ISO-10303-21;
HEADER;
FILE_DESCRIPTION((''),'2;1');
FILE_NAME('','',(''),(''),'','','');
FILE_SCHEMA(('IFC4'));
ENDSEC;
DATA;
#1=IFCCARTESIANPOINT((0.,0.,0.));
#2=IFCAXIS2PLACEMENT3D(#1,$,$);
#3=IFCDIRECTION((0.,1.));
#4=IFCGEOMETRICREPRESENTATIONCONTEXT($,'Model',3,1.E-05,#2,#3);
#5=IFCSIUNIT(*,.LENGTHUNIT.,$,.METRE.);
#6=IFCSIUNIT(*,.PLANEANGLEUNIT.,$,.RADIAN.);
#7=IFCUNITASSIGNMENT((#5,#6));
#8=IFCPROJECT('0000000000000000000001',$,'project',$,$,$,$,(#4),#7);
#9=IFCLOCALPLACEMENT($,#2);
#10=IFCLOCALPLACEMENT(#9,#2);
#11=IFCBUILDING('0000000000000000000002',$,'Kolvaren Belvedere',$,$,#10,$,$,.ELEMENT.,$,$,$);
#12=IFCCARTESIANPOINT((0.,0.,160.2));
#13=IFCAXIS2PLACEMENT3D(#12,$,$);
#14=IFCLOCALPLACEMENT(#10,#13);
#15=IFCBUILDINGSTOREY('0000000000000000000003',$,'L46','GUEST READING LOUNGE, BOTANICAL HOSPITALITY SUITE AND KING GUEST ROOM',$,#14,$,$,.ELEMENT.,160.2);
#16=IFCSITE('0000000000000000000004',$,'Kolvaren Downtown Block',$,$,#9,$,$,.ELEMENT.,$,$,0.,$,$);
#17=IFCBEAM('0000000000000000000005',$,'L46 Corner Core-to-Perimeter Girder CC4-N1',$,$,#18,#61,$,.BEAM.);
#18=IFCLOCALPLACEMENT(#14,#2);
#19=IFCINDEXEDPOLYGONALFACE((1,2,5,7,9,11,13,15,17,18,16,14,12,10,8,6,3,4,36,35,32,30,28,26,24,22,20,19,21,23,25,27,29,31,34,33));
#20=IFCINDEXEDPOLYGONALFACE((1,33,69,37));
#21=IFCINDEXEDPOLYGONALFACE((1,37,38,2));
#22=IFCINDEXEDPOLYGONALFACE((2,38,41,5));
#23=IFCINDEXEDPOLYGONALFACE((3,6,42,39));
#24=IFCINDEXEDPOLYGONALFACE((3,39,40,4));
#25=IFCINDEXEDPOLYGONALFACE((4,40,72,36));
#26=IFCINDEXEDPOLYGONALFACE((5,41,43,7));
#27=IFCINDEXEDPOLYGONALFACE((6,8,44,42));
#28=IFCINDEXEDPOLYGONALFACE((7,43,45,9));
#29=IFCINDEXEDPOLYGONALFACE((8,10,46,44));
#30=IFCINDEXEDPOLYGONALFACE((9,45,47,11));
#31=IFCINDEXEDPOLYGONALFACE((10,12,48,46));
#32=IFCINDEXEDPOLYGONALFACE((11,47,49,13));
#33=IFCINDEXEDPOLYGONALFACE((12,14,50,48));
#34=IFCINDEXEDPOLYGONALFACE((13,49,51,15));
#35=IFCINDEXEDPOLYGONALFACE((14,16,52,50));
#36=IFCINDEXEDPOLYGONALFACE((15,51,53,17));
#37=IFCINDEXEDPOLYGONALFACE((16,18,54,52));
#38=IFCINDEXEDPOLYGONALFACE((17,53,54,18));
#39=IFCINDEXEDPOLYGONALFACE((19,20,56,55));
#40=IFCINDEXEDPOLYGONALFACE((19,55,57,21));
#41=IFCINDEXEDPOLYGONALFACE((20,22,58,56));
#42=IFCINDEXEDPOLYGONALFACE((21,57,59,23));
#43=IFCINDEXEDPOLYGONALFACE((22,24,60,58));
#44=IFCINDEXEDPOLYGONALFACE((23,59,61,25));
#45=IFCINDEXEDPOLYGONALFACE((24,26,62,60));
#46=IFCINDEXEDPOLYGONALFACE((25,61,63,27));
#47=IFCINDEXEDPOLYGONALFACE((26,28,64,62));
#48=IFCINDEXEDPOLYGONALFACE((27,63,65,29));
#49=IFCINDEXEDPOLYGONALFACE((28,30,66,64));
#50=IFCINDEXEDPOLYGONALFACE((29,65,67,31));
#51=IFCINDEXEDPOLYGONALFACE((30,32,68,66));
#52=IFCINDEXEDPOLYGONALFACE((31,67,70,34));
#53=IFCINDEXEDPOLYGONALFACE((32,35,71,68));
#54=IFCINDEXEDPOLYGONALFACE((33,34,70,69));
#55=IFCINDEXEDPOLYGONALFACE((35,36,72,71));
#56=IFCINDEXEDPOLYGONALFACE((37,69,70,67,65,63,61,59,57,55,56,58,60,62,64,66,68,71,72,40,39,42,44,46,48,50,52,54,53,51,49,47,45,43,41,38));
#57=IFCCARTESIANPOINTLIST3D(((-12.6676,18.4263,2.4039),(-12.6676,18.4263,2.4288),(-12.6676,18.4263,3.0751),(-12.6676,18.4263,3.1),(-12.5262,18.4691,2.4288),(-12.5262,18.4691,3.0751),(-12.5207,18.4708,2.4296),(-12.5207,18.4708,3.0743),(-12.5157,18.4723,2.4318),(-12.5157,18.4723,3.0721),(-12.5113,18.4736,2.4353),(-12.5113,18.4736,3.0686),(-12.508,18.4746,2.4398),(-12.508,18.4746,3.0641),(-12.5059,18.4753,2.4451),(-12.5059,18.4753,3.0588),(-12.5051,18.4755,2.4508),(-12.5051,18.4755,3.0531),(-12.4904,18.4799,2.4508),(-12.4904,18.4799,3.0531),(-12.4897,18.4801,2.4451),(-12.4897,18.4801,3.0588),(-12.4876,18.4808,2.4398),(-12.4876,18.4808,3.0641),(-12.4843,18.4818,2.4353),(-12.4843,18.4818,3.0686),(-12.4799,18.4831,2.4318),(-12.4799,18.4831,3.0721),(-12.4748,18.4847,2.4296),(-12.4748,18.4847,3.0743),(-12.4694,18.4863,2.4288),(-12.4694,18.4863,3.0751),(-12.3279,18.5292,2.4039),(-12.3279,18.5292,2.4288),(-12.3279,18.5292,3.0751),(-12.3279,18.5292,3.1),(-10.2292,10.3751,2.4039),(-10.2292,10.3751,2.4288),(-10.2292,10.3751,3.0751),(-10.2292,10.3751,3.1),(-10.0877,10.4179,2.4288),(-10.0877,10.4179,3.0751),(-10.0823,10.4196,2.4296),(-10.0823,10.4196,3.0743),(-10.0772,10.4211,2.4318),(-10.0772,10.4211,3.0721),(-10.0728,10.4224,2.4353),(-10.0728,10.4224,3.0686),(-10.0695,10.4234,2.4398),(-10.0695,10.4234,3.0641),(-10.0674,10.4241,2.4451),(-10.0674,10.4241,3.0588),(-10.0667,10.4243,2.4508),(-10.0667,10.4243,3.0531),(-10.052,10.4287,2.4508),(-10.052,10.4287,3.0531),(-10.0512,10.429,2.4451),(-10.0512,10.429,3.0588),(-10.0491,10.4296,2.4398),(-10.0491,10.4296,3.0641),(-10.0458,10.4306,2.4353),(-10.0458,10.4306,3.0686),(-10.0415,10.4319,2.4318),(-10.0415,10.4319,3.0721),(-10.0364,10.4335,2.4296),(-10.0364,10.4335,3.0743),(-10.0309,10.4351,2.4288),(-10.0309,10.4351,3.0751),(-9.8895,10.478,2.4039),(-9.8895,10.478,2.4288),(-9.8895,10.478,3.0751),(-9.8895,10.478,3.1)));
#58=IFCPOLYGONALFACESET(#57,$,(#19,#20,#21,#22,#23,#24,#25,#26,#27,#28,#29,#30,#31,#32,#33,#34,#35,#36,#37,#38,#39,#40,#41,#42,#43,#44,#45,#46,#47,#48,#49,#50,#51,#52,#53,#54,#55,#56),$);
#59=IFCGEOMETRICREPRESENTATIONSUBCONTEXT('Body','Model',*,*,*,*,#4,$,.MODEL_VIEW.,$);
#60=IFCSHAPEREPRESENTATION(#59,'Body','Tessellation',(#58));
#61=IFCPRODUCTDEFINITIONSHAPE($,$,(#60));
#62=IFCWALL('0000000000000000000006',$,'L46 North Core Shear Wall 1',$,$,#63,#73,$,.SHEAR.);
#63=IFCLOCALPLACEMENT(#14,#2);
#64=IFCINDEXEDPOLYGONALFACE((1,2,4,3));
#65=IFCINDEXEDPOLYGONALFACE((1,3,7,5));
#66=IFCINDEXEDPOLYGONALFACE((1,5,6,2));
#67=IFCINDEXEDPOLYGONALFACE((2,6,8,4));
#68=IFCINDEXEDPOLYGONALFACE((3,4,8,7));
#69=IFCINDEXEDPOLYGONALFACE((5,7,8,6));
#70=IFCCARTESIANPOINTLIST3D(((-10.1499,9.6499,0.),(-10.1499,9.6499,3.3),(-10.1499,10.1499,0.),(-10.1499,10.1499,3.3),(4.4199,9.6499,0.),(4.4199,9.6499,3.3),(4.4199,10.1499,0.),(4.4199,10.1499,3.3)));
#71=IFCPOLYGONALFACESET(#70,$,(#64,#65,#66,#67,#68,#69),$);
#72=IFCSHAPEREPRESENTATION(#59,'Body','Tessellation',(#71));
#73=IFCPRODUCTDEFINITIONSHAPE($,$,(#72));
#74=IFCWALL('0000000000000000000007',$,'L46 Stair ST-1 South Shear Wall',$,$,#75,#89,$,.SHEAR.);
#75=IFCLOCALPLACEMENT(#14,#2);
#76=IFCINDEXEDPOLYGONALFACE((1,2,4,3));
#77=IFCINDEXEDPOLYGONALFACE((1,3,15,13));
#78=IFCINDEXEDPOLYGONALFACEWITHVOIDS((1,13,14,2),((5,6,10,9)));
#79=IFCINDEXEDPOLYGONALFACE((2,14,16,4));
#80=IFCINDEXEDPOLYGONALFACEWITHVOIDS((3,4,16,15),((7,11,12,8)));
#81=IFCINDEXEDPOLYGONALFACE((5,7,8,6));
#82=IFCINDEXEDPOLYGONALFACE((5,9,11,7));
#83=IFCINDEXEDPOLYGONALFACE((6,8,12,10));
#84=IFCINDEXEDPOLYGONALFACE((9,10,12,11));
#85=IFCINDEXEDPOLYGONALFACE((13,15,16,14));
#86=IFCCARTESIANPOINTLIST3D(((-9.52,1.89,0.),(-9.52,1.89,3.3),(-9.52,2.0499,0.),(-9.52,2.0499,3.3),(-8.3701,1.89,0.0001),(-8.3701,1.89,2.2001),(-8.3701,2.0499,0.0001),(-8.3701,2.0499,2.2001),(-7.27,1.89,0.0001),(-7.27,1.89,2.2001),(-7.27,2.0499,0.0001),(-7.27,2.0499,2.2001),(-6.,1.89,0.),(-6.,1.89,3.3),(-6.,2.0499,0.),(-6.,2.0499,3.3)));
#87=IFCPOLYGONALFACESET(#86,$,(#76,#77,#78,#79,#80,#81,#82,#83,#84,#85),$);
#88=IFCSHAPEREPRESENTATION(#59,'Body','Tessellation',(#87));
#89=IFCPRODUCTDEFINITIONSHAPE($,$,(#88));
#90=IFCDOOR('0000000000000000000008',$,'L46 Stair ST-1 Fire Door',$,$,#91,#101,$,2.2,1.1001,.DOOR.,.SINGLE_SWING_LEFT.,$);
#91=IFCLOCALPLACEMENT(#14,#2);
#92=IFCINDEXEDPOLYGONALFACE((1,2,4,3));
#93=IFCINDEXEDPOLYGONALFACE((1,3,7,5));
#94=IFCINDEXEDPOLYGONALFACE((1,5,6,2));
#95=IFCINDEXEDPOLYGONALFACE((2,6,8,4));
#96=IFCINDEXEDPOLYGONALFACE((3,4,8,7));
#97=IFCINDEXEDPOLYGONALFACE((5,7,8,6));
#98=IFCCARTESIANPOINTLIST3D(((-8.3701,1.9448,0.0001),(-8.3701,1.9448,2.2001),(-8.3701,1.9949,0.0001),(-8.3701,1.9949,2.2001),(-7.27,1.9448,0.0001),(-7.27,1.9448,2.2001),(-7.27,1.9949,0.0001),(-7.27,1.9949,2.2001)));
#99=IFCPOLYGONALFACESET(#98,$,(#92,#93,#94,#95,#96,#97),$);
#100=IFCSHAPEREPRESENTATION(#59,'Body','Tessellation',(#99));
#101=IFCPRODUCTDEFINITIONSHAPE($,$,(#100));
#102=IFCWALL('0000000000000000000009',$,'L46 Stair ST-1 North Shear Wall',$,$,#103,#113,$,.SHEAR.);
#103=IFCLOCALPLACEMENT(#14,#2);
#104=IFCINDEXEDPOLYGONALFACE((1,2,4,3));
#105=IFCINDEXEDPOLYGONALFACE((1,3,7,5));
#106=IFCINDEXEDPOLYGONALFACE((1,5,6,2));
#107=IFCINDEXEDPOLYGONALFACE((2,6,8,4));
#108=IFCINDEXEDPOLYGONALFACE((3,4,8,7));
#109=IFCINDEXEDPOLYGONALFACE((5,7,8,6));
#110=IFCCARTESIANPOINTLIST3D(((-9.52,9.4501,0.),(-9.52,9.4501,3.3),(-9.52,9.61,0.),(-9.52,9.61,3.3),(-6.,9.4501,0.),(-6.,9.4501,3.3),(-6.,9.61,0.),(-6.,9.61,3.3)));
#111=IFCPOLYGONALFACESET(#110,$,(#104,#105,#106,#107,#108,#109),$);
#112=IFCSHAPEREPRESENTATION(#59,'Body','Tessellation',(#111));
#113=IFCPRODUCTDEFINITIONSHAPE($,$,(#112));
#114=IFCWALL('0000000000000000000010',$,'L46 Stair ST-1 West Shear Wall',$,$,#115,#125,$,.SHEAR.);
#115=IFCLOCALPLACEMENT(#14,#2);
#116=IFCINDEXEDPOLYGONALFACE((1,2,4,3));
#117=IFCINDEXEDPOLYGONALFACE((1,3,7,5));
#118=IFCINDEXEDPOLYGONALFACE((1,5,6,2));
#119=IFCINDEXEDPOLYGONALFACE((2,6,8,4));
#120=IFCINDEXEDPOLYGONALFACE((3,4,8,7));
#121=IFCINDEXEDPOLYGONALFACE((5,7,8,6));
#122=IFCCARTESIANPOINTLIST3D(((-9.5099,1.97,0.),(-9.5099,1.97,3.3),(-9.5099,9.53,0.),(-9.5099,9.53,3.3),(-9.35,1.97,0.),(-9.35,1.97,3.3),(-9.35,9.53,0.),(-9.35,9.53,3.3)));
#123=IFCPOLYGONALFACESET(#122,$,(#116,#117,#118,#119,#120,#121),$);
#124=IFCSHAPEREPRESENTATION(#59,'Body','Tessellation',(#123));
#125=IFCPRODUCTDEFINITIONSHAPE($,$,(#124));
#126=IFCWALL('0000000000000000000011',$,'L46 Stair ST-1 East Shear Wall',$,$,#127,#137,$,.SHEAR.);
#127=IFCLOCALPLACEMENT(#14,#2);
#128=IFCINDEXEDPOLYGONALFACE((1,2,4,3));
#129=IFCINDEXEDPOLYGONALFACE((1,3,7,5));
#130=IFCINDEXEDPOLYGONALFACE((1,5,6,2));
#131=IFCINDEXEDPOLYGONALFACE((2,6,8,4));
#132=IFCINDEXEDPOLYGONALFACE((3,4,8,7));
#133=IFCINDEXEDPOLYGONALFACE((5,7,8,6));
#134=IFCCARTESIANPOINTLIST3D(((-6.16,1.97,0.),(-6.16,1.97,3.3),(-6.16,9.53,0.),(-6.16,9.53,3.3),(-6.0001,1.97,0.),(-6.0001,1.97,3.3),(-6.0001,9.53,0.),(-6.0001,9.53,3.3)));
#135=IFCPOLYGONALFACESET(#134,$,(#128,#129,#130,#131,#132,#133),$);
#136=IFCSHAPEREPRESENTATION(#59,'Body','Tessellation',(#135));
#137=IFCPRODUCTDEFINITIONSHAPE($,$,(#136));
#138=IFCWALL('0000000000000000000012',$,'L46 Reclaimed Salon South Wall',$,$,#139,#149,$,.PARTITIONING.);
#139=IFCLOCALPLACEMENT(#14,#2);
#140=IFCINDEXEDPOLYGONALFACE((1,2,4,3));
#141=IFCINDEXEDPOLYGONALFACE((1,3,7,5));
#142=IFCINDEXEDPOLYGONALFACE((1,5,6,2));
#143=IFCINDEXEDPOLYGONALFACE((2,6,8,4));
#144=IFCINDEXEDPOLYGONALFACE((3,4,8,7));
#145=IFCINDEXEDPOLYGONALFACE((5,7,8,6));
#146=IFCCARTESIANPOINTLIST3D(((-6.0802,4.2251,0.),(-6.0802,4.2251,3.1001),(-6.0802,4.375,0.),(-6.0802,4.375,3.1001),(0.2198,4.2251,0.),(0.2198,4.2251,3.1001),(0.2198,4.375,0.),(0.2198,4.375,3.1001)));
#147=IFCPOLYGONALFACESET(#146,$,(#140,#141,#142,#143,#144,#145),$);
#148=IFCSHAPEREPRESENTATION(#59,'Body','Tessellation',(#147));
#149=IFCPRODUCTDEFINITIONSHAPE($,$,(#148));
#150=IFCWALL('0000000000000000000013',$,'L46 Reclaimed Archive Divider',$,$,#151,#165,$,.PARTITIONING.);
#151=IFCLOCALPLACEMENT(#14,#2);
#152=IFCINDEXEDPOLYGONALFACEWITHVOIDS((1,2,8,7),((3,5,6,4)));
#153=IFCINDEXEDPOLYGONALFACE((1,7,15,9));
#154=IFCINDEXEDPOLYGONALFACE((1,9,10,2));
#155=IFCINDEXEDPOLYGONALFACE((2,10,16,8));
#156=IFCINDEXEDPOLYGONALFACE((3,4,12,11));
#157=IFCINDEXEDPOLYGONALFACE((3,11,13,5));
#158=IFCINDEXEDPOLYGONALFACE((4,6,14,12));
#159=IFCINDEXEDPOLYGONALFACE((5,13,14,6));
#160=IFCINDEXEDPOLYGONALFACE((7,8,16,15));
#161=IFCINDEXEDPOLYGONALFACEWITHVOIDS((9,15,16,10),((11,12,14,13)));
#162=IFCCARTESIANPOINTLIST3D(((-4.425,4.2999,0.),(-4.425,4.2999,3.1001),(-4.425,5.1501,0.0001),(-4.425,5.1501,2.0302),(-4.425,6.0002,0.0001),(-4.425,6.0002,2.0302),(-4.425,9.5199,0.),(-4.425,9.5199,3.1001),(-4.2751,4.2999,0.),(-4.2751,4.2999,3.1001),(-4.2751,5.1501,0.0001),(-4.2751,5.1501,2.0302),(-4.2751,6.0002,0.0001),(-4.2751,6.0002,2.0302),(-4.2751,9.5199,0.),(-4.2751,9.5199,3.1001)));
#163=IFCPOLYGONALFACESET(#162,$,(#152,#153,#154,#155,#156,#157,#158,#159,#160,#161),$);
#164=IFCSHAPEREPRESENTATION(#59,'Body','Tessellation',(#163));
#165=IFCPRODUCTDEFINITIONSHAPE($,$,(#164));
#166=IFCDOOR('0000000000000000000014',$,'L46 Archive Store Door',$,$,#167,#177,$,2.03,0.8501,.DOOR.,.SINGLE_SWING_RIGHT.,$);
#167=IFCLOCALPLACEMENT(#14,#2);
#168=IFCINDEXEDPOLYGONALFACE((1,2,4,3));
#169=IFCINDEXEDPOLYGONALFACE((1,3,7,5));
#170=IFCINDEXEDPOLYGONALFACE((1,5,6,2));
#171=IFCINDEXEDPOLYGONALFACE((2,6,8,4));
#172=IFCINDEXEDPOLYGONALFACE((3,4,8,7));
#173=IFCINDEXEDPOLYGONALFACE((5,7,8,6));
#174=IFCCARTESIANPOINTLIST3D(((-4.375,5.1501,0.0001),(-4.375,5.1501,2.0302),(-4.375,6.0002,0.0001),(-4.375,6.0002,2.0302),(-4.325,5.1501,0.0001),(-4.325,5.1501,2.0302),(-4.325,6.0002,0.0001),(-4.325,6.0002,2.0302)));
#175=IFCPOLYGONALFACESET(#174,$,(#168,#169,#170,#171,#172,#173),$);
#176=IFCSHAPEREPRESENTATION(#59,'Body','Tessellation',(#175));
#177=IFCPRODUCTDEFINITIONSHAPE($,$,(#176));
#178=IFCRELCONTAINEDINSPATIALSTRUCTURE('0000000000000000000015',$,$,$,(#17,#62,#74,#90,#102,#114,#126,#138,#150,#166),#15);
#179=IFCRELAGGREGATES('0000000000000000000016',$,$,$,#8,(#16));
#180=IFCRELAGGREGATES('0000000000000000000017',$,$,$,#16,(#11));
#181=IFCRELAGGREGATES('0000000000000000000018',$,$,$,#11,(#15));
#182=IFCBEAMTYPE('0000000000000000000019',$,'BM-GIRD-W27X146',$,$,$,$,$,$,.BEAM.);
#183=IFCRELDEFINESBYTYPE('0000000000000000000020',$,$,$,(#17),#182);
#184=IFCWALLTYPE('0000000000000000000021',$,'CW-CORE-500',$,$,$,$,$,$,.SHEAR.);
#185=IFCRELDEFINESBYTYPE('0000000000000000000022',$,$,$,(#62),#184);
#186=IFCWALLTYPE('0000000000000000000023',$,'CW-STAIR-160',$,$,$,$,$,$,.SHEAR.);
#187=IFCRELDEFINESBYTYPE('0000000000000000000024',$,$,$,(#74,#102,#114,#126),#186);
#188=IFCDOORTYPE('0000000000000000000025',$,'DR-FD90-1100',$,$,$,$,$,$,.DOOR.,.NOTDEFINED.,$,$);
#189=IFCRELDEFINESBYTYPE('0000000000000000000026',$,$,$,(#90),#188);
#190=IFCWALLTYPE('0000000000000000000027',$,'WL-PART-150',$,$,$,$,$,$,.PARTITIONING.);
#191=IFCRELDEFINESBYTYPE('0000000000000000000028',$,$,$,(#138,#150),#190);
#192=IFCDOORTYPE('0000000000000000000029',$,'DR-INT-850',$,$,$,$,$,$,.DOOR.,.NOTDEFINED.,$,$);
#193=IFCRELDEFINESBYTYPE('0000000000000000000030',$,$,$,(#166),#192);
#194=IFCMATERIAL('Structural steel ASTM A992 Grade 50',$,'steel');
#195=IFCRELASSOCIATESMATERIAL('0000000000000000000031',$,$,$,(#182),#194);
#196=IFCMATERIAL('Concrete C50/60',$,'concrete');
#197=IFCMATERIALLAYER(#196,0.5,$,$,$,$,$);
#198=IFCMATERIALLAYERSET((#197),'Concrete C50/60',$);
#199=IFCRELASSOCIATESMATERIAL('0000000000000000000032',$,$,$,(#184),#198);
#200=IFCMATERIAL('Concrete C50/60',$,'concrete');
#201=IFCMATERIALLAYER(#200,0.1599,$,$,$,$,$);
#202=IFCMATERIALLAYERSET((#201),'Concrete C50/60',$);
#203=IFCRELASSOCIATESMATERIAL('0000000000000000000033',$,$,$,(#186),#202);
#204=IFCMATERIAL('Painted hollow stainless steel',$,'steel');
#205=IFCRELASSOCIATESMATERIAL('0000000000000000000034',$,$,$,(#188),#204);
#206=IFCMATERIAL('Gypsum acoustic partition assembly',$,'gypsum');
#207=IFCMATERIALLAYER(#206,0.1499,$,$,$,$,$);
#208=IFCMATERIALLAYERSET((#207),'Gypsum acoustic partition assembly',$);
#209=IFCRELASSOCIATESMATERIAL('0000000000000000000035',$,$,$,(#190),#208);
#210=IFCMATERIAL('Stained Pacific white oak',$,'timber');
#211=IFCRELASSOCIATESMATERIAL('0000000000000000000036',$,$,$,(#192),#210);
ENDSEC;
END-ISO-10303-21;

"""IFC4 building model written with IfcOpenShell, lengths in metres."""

from ifc_helpers import new_model, si_unit, direction, frame, frame_2d, origin, origin_2d, place, context, subcontext, project, spatial, rectangle, i_section, extrude, material, layer, layer_set, material_profile, profile_set, type_object, element, fill, save


model = new_model("IFC4")

# Units and contexts
model_context = context("Model", 3, precision=1e-05, world=origin(), true_north=direction((0.0, 1.0)))
body_context = subcontext(model_context, "Body", "Model", "MODEL_VIEW")
ifc_project = project(units=[si_unit("LENGTHUNIT", "METRE"), si_unit("PLANEANGLEUNIT", "RADIAN")], contexts=[model_context])

# Site, building, storey
site_placement = place(None, origin())
site = spatial("IfcSite", under=ifc_project, at=site_placement, Name="Kolvaren Downtown Block", CompositionType="ELEMENT", RefElevation=0.0)
building_placement = place(site_placement, origin())
building = spatial("IfcBuilding", under=site, at=building_placement, Name="Kolvaren Belvedere", CompositionType="ELEMENT")
storey_placement = place(building_placement, frame((0.0, 0.0, 160.2)))
storey = spatial("IfcBuildingStorey", under=building, at=storey_placement, Name="L46", Description="GUEST READING LOUNGE, BOTANICAL HOSPITALITY SUITE AND KING GUEST ROOM", CompositionType="ELEMENT", Elevation=160.2)

# Beam
ifc_material_1 = material(Name="Structural steel ASTM A992 Grade 50", Category="steel")
ifc_material_profile_1 = material_profile(ifc_material_1, i_section(OverallWidth=0.355, OverallDepth=0.696, WebThickness=0.0154, FlangeThickness=0.0249, FilletRadius=0.022, at=origin_2d()), Name="W27X146")
ifc_profile_set_1 = profile_set([ifc_material_profile_1], Name="Structural steel ASTM A992 Grade 50")
beam_type_1 = type_object("IfcBeamType", Name="BM-GIRD-W27X146", PredefinedType="BEAM", material=ifc_profile_set_1)
beam_1_placement = place(storey_placement, frame((-10.0593, 10.4265, 2.752), z_axis=(-0.289866, 0.957067, 0.0), x_axis=(-0.957067, -0.289866, 0.0)))
element("IfcBeam", 1, at=beam_1_placement, inside=storey, type_object=beam_type_1, Name="L46 Corner Core-to-Perimeter Girder CC4-N1", PredefinedType="BEAM", context=body_context, shape_type="SweptSolid", body=[
    extrude(i_section(OverallWidth=0.355, OverallDepth=0.696, WebThickness=0.0154, FlangeThickness=0.0249, FilletRadius=0.022, at=origin_2d()), origin(), (0.0, 0.0, 1.0), 8.4124),
])

# Wall
ifc_material_2 = material(Name="Concrete C50/60", Category="concrete")
ifc_layer_1 = layer(ifc_material_2, 0.5)
ifc_layer_set_1 = layer_set([ifc_layer_1], Name="Concrete C50/60")
wall_type_1 = type_object("IfcWallType", Name="CW-CORE-500", PredefinedType="SHEAR", material=ifc_layer_set_1)
wall_1_placement = place(storey_placement, frame((-10.1499, 9.8999, 0.0), z_axis=(0.0, 0.0, 1.0), x_axis=(1.0, 0.0, 0.0)))
element("IfcWall", 2, at=wall_1_placement, inside=storey, type_object=wall_type_1, Name="L46 North Core Shear Wall 1", PredefinedType="SHEAR", context=body_context, shape_type="SweptSolid", body=[
    extrude(rectangle(XDim=14.5698, YDim=0.5, at=frame_2d((7.2849, 0.0))), origin(), (0.0, 0.0, 1.0), 3.3),
])

# Wall, opening, door
ifc_material_3 = material(Name="Concrete C50/60", Category="concrete")
ifc_layer_2 = layer(ifc_material_3, 0.1599)
ifc_layer_set_2 = layer_set([ifc_layer_2], Name="Concrete C50/60")
wall_type_2 = type_object("IfcWallType", Name="CW-STAIR-160", PredefinedType="SHEAR", material=ifc_layer_set_2)
wall_2_placement = place(storey_placement, frame((-9.52, 1.97, 0.0), z_axis=(0.0, 0.0, 1.0), x_axis=(1.0, 0.0, 0.0)))
wall_2 = element("IfcWall", 3, at=wall_2_placement, inside=storey, type_object=wall_type_2, Name="L46 Stair ST-1 South Shear Wall", PredefinedType="SHEAR", context=body_context, shape_type="SweptSolid", body=[
    extrude(rectangle(XDim=3.52, YDim=0.1599, at=frame_2d((1.76, 0.0))), origin(), (0.0, 0.0, 1.0), 3.3),
])
opening_1_placement = place(wall_2_placement, frame((1.1499, 0.0, 0.0)))
opening_1 = element("IfcOpeningElement", 4, at=opening_1_placement, cuts=wall_2, PredefinedType="OPENING", context=body_context, shape_type="SweptSolid", body=[
    extrude(rectangle(XDim=1.1001, YDim=2.2, at=frame_2d((0.55, 1.1001))), frame((0.0, 0.0898, 0.0), z_axis=(0.0, -1.0, 0.0), x_axis=(1.0, 0.0, 0.0)), (0.0, 0.0, 1.0), 0.1799),
])
ifc_material_4 = material(Name="Painted hollow stainless steel", Category="steel")
door_type_1 = type_object("IfcDoorType", Name="DR-FD90-1100", OperationType="NOTDEFINED", PredefinedType="DOOR", material=ifc_material_4)
door_1_placement = place(opening_1_placement, origin())
door_1 = element("IfcDoor", 5, at=door_1_placement, inside=storey, type_object=door_type_1, Name="L46 Stair ST-1 Fire Door", OperationType="SINGLE_SWING_LEFT", OverallHeight=2.2, OverallWidth=1.1001, PredefinedType="DOOR", context=body_context, shape_type="SweptSolid", body=[
    extrude(rectangle(XDim=1.1001, YDim=2.2, at=frame_2d((0.55, 1.1001))), frame((0.0, 0.0249, 0.0), z_axis=(0.0, -1.0, 0.0), x_axis=(1.0, 0.0, 0.0)), (0.0, 0.0, 1.0), 0.05),
])
fill(opening_1, door_1)

# Walls
wall_3_placement = place(storey_placement, frame((-9.52, 9.53, 0.0), z_axis=(0.0, 0.0, 1.0), x_axis=(1.0, 0.0, 0.0)))
element("IfcWall", 6, at=wall_3_placement, inside=storey, type_object=wall_type_2, Name="L46 Stair ST-1 North Shear Wall", PredefinedType="SHEAR", context=body_context, shape_type="SweptSolid", body=[
    extrude(rectangle(XDim=3.52, YDim=0.1599, at=frame_2d((1.76, 0.0))), origin(), (0.0, 0.0, 1.0), 3.3),
])
for number, where, z_axis, x_axis, name in (
    (7, (-9.4299, 1.97, 0.0), (0.0, 0.0, 1.0), (0.0, 1.0, 0.0), "L46 Stair ST-1 West Shear Wall"),
    (8, (-6.0801, 1.97, 0.0), (0.0, 0.0, 1.0), (0.0, 1.0, 0.0), "L46 Stair ST-1 East Shear Wall"),
):
    element("IfcWall", number, at=place(storey_placement, frame(where, z_axis=z_axis, x_axis=x_axis)), inside=storey, type_object=wall_type_2, Name=name, PredefinedType="SHEAR", context=body_context, shape_type="SweptSolid", body=[
        extrude(rectangle(XDim=7.5601, YDim=0.1599, at=frame_2d((3.78, 0.0))), origin(), (0.0, 0.0, 1.0), 3.3),
    ])
ifc_material_5 = material(Name="Gypsum acoustic partition assembly", Category="gypsum")
ifc_layer_3 = layer(ifc_material_5, 0.1499)
ifc_layer_set_3 = layer_set([ifc_layer_3], Name="Gypsum acoustic partition assembly")
wall_type_3 = type_object("IfcWallType", Name="WL-PART-150", PredefinedType="PARTITIONING", material=ifc_layer_set_3)
wall_4_placement = place(storey_placement, frame((-6.0801, 4.3, 0.0), z_axis=(0.0, 0.0, 1.0), x_axis=(1.0, 0.0, 0.0)))
element("IfcWall", 9, at=wall_4_placement, inside=storey, type_object=wall_type_3, Name="L46 Reclaimed Salon South Wall", PredefinedType="PARTITIONING", context=body_context, shape_type="SweptSolid", body=[
    extrude(rectangle(XDim=6.3, YDim=0.1499, at=frame_2d((3.1499, 0.0))), origin(), (0.0, 0.0, 1.0), 3.1001),
])

# Wall, opening, door
wall_5_placement = place(storey_placement, frame((-4.3501, 4.3, 0.0), z_axis=(0.0, 0.0, 1.0), x_axis=(0.0, 1.0, 0.0)))
wall_5 = element("IfcWall", 10, at=wall_5_placement, inside=storey, type_object=wall_type_3, Name="L46 Reclaimed Archive Divider", PredefinedType="PARTITIONING", context=body_context, shape_type="SweptSolid", body=[
    extrude(rectangle(XDim=5.22, YDim=0.1499, at=frame_2d((2.6099, 0.0))), origin(), (0.0, 0.0, 1.0), 3.1001),
])
opening_2_placement = place(wall_5_placement, frame((0.8501, 0.0, 0.0)))
opening_2 = element("IfcOpeningElement", 11, at=opening_2_placement, cuts=wall_5, PredefinedType="OPENING", context=body_context, shape_type="SweptSolid", body=[
    extrude(rectangle(XDim=0.8501, YDim=2.03, at=frame_2d((0.425, 1.0151))), frame((0.0, 0.085, 0.0), z_axis=(0.0, -1.0, 0.0), x_axis=(1.0, 0.0, 0.0)), (0.0, 0.0, 1.0), 0.1699),
])
ifc_material_6 = material(Name="Stained Pacific white oak", Category="timber")
door_type_2 = type_object("IfcDoorType", Name="DR-INT-850", OperationType="NOTDEFINED", PredefinedType="DOOR", material=ifc_material_6)
door_2_placement = place(opening_2_placement, origin())
door_2 = element("IfcDoor", 12, at=door_2_placement, inside=storey, type_object=door_type_2, Name="L46 Archive Store Door", OperationType="SINGLE_SWING_RIGHT", OverallHeight=2.03, OverallWidth=0.8501, PredefinedType="DOOR", context=body_context, shape_type="SweptSolid", body=[
    extrude(rectangle(XDim=0.8501, YDim=2.03, at=frame_2d((0.425, 1.0151))), frame((0.0, 0.0249, 0.0), z_axis=(0.0, -1.0, 0.0), x_axis=(1.0, 0.0, 0.0)), (0.0, 0.0, 1.0), 0.05),
])
fill(opening_2, door_2)

save(model, "model.ifc")
